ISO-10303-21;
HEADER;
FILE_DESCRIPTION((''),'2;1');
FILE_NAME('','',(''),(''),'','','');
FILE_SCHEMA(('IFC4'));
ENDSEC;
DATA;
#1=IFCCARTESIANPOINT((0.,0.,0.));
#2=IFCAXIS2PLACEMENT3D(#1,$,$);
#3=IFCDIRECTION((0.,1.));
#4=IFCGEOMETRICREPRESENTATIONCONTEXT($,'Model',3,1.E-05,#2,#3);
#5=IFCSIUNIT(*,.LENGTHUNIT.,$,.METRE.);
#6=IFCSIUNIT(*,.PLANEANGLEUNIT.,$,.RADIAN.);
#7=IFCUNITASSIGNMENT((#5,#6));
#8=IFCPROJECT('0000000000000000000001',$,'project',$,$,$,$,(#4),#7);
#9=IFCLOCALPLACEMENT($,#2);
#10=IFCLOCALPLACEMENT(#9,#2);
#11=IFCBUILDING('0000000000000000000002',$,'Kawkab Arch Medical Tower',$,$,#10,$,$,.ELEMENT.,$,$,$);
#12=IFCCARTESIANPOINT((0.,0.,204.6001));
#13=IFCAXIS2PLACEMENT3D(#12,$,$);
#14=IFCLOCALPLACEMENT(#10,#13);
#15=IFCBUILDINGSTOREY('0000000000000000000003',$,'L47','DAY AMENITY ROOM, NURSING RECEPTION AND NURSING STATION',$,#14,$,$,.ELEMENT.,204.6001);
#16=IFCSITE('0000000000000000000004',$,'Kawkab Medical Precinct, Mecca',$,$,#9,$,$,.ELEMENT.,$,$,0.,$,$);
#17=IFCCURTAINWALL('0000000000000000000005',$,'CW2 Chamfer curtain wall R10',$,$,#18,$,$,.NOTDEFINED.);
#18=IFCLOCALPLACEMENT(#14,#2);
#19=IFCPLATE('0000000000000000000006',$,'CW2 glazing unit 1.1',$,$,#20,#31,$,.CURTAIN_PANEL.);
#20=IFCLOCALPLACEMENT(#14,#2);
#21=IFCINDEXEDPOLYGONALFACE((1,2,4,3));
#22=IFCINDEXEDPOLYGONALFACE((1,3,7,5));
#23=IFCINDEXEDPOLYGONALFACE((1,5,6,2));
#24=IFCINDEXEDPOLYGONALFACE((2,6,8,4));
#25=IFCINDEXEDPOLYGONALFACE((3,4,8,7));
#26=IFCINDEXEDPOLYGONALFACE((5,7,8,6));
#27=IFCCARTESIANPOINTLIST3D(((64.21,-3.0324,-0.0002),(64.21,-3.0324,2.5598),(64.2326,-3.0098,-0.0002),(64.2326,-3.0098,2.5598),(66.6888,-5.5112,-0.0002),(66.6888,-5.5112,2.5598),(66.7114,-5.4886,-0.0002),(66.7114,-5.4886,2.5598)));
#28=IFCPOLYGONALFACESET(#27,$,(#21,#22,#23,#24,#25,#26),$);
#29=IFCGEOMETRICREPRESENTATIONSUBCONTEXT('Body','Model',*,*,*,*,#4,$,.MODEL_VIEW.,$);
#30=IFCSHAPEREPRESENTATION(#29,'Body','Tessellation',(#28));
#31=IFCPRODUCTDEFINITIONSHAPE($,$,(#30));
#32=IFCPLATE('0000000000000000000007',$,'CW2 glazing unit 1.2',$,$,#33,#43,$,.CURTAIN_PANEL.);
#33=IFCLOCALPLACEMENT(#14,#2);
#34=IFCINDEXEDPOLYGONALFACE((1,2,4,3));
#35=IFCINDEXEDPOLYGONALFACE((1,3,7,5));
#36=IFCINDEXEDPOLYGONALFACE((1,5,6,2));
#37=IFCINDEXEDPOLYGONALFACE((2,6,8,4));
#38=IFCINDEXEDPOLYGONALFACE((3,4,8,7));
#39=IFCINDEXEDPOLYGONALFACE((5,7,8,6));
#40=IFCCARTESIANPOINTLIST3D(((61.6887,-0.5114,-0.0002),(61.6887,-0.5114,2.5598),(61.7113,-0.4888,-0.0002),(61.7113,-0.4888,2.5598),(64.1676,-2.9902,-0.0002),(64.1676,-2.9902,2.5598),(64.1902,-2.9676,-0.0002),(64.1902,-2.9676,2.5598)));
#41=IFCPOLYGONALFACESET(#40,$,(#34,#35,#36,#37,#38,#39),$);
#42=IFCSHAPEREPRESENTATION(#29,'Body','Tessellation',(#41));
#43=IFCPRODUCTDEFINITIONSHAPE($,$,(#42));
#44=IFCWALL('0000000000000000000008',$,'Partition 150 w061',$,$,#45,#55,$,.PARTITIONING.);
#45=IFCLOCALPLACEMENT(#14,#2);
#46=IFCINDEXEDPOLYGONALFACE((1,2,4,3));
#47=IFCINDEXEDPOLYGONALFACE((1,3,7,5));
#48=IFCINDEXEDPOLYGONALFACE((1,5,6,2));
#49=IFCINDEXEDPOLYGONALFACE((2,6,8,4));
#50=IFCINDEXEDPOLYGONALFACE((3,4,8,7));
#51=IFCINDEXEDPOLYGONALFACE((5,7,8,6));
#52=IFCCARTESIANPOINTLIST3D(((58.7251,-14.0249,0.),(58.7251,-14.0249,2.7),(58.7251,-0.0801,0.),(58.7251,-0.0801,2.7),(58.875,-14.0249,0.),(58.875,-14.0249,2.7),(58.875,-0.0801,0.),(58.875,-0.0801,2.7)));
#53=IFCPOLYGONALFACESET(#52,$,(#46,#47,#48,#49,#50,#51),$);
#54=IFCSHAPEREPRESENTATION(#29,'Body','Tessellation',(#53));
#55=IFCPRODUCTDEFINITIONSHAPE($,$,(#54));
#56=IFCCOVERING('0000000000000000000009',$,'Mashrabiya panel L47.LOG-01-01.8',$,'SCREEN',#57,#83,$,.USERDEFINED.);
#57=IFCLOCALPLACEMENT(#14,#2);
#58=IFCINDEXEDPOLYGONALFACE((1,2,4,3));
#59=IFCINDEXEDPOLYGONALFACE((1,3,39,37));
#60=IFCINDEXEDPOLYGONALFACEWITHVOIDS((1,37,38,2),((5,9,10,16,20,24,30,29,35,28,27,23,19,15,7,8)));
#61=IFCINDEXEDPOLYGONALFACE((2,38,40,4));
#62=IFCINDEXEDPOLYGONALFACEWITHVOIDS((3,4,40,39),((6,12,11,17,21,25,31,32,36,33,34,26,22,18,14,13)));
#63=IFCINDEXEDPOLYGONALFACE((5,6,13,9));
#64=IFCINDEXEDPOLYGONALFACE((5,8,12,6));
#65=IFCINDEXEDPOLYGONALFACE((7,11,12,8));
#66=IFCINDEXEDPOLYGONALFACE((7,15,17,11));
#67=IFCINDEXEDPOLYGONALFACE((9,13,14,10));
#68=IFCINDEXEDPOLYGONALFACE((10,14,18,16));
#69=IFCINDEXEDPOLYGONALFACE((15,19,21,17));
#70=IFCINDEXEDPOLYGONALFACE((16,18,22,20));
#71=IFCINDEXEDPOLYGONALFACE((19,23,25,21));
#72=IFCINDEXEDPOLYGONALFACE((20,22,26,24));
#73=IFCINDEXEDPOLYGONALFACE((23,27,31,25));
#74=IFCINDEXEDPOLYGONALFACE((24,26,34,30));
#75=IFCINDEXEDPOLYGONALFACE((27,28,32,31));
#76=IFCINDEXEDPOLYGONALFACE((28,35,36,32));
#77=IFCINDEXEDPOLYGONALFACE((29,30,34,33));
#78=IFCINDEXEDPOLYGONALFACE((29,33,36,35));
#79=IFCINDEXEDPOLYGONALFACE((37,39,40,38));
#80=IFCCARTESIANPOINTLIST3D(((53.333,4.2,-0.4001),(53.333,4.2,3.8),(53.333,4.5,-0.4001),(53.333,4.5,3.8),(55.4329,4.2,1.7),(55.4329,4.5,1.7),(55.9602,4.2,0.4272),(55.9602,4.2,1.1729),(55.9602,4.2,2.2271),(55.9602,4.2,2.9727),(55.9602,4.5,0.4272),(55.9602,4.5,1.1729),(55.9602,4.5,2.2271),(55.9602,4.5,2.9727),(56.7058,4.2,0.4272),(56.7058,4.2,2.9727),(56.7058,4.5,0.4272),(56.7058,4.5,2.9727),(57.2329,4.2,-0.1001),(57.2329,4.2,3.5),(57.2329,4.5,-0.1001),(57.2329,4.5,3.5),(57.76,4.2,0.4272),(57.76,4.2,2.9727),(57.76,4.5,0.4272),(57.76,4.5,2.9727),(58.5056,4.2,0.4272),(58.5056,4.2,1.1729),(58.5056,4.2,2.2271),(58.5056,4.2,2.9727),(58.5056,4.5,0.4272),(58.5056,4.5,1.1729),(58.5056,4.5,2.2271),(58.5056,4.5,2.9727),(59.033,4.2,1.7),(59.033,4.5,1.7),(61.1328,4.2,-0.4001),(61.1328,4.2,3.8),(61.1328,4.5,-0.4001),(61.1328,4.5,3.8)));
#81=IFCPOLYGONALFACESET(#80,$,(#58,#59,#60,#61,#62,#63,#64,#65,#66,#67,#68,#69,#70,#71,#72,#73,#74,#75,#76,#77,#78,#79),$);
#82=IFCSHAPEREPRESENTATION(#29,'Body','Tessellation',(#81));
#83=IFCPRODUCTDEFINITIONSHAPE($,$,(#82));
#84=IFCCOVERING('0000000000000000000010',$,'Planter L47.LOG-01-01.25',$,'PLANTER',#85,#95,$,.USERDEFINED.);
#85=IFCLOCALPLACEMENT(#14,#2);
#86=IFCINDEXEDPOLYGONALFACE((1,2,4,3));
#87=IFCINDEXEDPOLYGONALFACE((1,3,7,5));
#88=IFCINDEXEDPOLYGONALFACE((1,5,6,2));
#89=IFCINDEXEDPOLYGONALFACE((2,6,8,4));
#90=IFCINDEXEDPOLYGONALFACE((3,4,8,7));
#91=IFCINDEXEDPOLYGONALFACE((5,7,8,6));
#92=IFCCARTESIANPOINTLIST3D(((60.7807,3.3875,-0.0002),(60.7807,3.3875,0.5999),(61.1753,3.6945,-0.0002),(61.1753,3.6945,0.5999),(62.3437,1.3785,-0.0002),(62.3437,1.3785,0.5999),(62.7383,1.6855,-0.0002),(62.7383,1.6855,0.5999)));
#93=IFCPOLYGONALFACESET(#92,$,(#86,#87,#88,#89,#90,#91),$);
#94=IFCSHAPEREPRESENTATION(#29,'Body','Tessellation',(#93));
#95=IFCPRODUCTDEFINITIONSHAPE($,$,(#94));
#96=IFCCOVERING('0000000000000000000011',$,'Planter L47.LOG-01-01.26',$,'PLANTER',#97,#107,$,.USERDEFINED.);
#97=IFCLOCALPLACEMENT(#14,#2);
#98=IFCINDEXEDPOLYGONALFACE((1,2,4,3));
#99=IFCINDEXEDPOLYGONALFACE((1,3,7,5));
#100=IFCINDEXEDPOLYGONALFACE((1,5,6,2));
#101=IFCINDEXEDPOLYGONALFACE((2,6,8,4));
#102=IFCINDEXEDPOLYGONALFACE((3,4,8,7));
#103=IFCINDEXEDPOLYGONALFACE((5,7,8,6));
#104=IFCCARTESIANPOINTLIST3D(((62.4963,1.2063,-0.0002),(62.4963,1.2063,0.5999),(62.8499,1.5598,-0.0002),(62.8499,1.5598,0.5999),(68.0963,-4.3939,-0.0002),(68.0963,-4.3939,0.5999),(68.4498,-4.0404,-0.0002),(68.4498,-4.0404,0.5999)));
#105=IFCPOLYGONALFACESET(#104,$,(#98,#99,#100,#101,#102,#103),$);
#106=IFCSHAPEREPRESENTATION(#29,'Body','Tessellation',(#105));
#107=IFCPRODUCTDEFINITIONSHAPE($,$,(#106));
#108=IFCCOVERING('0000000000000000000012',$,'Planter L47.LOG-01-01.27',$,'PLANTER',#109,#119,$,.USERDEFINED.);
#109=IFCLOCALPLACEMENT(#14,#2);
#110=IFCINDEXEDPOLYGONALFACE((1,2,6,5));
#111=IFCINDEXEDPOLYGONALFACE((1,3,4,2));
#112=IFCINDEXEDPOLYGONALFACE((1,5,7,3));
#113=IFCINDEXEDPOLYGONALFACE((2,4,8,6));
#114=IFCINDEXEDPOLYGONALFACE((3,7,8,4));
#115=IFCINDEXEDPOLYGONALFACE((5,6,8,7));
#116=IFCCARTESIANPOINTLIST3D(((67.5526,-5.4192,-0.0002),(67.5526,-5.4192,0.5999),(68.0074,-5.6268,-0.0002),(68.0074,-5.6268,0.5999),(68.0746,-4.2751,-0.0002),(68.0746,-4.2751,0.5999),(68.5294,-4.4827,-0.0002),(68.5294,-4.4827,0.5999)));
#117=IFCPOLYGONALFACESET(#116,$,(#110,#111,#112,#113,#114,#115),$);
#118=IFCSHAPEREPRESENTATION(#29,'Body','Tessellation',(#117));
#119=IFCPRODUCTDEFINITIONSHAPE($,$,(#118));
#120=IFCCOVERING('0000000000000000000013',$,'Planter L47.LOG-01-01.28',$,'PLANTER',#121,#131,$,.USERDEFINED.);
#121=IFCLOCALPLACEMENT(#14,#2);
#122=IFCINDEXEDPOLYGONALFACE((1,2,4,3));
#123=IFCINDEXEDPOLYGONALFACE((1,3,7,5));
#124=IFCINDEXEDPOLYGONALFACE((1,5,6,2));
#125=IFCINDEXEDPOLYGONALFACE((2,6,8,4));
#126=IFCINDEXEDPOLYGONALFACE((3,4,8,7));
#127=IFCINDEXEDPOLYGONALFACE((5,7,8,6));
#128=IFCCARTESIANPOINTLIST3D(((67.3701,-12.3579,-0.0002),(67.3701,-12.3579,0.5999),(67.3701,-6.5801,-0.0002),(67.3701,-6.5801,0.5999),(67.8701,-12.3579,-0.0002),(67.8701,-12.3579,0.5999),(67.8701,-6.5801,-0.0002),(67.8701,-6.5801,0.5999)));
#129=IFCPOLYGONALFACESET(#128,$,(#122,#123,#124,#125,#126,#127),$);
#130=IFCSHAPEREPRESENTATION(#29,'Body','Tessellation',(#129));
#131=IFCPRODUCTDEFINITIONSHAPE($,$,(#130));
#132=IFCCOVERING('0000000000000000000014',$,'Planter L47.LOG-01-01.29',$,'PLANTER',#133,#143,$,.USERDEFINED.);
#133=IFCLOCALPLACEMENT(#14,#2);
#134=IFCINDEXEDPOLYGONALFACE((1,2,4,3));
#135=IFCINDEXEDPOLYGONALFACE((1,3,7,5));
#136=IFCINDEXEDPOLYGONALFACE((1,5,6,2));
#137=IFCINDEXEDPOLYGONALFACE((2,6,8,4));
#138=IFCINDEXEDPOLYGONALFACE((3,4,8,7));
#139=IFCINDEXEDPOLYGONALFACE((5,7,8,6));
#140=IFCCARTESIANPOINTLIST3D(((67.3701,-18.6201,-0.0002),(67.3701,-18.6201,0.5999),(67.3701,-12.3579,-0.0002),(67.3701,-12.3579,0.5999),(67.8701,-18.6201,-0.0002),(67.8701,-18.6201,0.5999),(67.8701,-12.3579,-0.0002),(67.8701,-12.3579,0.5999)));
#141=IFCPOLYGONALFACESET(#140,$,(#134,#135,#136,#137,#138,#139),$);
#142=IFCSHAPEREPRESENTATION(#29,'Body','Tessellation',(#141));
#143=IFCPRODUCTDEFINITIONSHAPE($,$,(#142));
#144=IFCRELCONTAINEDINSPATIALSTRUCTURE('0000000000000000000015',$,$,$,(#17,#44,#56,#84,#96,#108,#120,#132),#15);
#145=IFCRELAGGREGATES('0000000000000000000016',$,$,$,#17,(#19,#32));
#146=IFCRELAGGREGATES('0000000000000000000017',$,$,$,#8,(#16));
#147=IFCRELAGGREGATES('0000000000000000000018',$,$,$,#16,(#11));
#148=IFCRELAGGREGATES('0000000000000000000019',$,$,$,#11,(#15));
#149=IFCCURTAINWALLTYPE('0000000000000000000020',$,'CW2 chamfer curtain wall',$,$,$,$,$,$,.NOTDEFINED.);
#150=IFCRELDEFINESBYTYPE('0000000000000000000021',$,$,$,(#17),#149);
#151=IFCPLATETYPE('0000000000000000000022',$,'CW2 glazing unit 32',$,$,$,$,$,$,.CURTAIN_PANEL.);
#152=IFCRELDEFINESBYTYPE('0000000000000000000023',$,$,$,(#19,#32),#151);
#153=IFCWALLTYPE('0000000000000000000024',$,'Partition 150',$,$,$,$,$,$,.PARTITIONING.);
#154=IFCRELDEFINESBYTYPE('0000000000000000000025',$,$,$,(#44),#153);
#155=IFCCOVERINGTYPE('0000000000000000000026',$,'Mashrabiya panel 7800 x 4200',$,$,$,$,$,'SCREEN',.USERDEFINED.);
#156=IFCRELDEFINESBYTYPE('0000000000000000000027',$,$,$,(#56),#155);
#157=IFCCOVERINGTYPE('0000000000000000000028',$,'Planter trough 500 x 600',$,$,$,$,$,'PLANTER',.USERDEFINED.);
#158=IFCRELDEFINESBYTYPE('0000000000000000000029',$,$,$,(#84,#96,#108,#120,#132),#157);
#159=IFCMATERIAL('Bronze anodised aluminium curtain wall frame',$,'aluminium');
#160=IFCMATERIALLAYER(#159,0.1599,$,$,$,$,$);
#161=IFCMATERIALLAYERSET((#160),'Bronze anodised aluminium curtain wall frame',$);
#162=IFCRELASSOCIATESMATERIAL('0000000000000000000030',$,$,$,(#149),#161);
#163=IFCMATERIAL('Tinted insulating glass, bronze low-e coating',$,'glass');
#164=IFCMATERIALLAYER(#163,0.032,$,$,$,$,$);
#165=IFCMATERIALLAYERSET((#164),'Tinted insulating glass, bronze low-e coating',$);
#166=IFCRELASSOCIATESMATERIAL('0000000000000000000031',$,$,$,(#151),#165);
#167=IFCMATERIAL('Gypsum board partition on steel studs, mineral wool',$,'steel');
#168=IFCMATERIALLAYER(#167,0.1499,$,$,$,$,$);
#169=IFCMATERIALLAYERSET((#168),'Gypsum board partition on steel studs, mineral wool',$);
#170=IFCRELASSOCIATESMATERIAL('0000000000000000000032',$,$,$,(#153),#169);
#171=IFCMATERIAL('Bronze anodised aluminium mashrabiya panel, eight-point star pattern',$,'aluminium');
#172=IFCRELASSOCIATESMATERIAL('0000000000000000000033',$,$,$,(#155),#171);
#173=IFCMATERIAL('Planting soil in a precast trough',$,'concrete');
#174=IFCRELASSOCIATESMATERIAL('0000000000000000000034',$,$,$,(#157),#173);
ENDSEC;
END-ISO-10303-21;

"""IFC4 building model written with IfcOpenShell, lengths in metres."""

from ifc_helpers import new_model, si_unit, direction, frame, frame_2d, origin, origin_2d, place, context, subcontext, project, spatial, polyline, rectangle, outline, extrude, material, layer, layer_set, material_profile, profile_set, type_object, element, aggregate, save


model = new_model("IFC4")

# Units and contexts
model_context = context("Model", 3, precision=1e-05, world=origin(), true_north=direction((0.0, 1.0)))
body_context = subcontext(model_context, "Body", "Model", "MODEL_VIEW")
ifc_project = project(units=[si_unit("LENGTHUNIT", "METRE"), si_unit("PLANEANGLEUNIT", "RADIAN")], contexts=[model_context])

# Site, building, storey
site_placement = place(None, origin())
site = spatial("IfcSite", under=ifc_project, at=site_placement, Name="Kawkab Medical Precinct, Mecca", CompositionType="ELEMENT", RefElevation=0.0)
building_placement = place(site_placement, origin())
building = spatial("IfcBuilding", under=site, at=building_placement, Name="Kawkab Arch Medical Tower", CompositionType="ELEMENT")
storey_placement = place(building_placement, frame((0.0, 0.0, 204.6001)))
storey = spatial("IfcBuildingStorey", under=building, at=storey_placement, Name="L47", Description="DAY AMENITY ROOM, NURSING RECEPTION AND NURSING STATION", CompositionType="ELEMENT", Elevation=204.6001)

# Shared definitions
placement = place(storey_placement, origin())

# Curtain wall
ifc_material_1 = material(Name="Bronze anodised aluminium curtain wall frame", Category="aluminium")
ifc_layer_1 = layer(ifc_material_1, 0.1599)
ifc_layer_set_1 = layer_set([ifc_layer_1], Name="Bronze anodised aluminium curtain wall frame")
curtain_wall_type_1 = type_object("IfcCurtainWallType", Name="CW2 chamfer curtain wall", PredefinedType="NOTDEFINED", material=ifc_layer_set_1)
curtain_wall_1 = element("IfcCurtainWall", 1, at=placement, inside=storey, type_object=curtain_wall_type_1, Name="CW2 Chamfer curtain wall R10", PredefinedType="NOTDEFINED")

# Plates
ifc_material_2 = material(Name="Tinted insulating glass, bronze low-e coating", Category="glass")
ifc_layer_2 = layer(ifc_material_2, 0.032)
ifc_layer_set_2 = layer_set([ifc_layer_2], Name="Tinted insulating glass, bronze low-e coating")
plate_type_1 = type_object("IfcPlateType", Name="CW2 glazing unit 32", PredefinedType="CURTAIN_PANEL", material=ifc_layer_set_2)
plate_1_placement = place(storey_placement, frame((65.4607, -4.2605, -0.0002), z_axis=(0.0, 0.0, 1.0), x_axis=(-0.707107, 0.707107, 0.0)))
plate_1 = element("IfcPlate", 2, at=plate_1_placement, type_object=plate_type_1, Name="CW2 glazing unit 1.1", PredefinedType="CURTAIN_PANEL", context=body_context, shape_type="SweptSolid", body=[
    extrude(rectangle(XDim=3.5056, YDim=0.032, at=origin_2d()), origin(), (0.0, 0.0, 1.0), 2.5601),
])
plate_2_placement = place(storey_placement, frame((62.9395, -1.7395, -0.0002), z_axis=(0.0, 0.0, 1.0), x_axis=(-0.707107, 0.707107, 0.0)))
plate_2 = element("IfcPlate", 3, at=plate_2_placement, type_object=plate_type_1, Name="CW2 glazing unit 1.2", PredefinedType="CURTAIN_PANEL", context=body_context, shape_type="SweptSolid", body=[
    extrude(rectangle(XDim=3.5056, YDim=0.032, at=origin_2d()), origin(), (0.0, 0.0, 1.0), 2.5601),
])
aggregate(curtain_wall_1, [plate_1, plate_2])

# Wall
ifc_material_3 = material(Name="Gypsum board partition on steel studs, mineral wool", Category="steel")
ifc_layer_3 = layer(ifc_material_3, 0.1499)
ifc_layer_set_3 = layer_set([ifc_layer_3], Name="Gypsum board partition on steel studs, mineral wool")
wall_type = type_object("IfcWallType", Name="Partition 150", PredefinedType="PARTITIONING", material=ifc_layer_set_3)
wall_placement = place(storey_placement, frame((58.8, -14.0249, 0.0), z_axis=(0.0, 0.0, 1.0), x_axis=(0.0, 1.0, 0.0)))
element("IfcWall", 4, at=wall_placement, inside=storey, type_object=wall_type, Name="Partition 150 w061", PredefinedType="PARTITIONING", context=body_context, shape_type="SweptSolid", body=[
    extrude(rectangle(XDim=13.9448, YDim=0.1499, at=frame_2d((6.9724, 0.0))), origin(), (0.0, 0.0, 1.0), 2.7),
])

# Coverings
ifc_material_4 = material(Name="Bronze anodised aluminium mashrabiya panel, eight-point star pattern", Category="aluminium")
ifc_material_profile_1 = material_profile(ifc_material_4, outline(polyline([(-3.8999, -2.1001), (3.8999, -2.1001), (3.8999, 2.1001), (-3.8999, 2.1001), (-3.8999, -2.1001)]), holes=[polyline([(1.8, 0.0), (1.2727, 0.5271), (1.2727, 1.2727), (0.5271, 1.2727), (0.0, 1.8), (-0.5271, 1.2727), (-1.2727, 1.2727), (-1.2727, 0.5271), (-1.8, 0.0), (-1.2727, -0.5271), (-1.2727, -1.2727), (-0.5271, -1.2727), (0.0, -1.8), (0.5271, -1.2727), (1.2727, -1.2727), (1.2727, -0.5271), (1.8, 0.0)])]), Name="Mashrabiya panel 7800x4200")
ifc_profile_set_1 = profile_set([ifc_material_profile_1], Name="Bronze anodised aluminium mashrabiya panel, eight-point star pattern")
covering_type_1 = type_object("IfcCoveringType", Name="Mashrabiya panel 7800 x 4200", ElementType="SCREEN", PredefinedType="USERDEFINED", material=ifc_profile_set_1)
covering_1_placement = place(storey_placement, frame((57.2329, 4.2, 1.7), z_axis=(0.0, 1.0, 0.0), x_axis=(-1.0, 0.0, 0.0)))
element("IfcCovering", 5, at=covering_1_placement, inside=storey, type_object=covering_type_1, Name="Mashrabiya panel L47.LOG-01-01.8", ObjectType="SCREEN", PredefinedType="USERDEFINED", context=body_context, shape_type="SweptSolid", body=[
    extrude(outline(polyline([(-3.8999, -2.1001), (3.8999, -2.1001), (3.8999, 2.1001), (-3.8999, 2.1001), (-3.8999, -2.1001)]), holes=[polyline([(1.8, 0.0), (1.2727, 0.5271), (1.2727, 1.2727), (0.5271, 1.2727), (0.0, 1.8), (-0.5271, 1.2727), (-1.2727, 1.2727), (-1.2727, 0.5271), (-1.8, 0.0), (-1.2727, -0.5271), (-1.2727, -1.2727), (-0.5271, -1.2727), (0.0, -1.8), (0.5271, -1.2727), (1.2727, -1.2727), (1.2727, -0.5271), (1.8, 0.0)])]), origin(), (0.0, 0.0, 1.0), 0.3),
])
ifc_material_5 = material(Name="Planting soil in a precast trough", Category="concrete")
ifc_material_profile_2 = material_profile(ifc_material_5, rectangle(XDim=0.5, YDim=0.6001, at=origin_2d()), Name="Trough 500x600")
ifc_profile_set_2 = profile_set([ifc_material_profile_2], Name="Planting soil in a precast trough")
covering_type_2 = type_object("IfcCoveringType", Name="Planter trough 500 x 600", ElementType="PLANTER", PredefinedType="USERDEFINED", material=ifc_profile_set_2)
covering_2_placement = place(storey_placement, frame((60.978, 3.541, 0.2998), z_axis=(0.61404, -0.789275, 0.0), x_axis=(0.789275, 0.61404, 0.0)))
element("IfcCovering", 6, at=covering_2_placement, inside=storey, type_object=covering_type_2, Name="Planter L47.LOG-01-01.25", ObjectType="PLANTER", PredefinedType="USERDEFINED", context=body_context, shape_type="SweptSolid", body=[
    extrude(rectangle(XDim=0.5, YDim=0.6001, at=origin_2d()), origin(), (0.0, 0.0, 1.0), 2.5454),
])
covering_3_placement = place(storey_placement, frame((62.6731, 1.3831, 0.2998), z_axis=(0.707091, -0.707122, 0.0), x_axis=(0.707122, 0.707091, 0.0)))
element("IfcCovering", 7, at=covering_3_placement, inside=storey, type_object=covering_type_2, Name="Planter L47.LOG-01-01.26", ObjectType="PLANTER", PredefinedType="USERDEFINED", context=body_context, shape_type="SweptSolid", body=[
    extrude(rectangle(XDim=0.5, YDim=0.6001, at=origin_2d()), origin(), (0.0, 0.0, 1.0), 7.9197),
])
covering_4_placement = place(storey_placement, frame((68.302, -4.3789, 0.2998), z_axis=(-0.41509, -0.90978, 0.0), x_axis=(0.90978, -0.41509, 0.0)))
element("IfcCovering", 8, at=covering_4_placement, inside=storey, type_object=covering_type_2, Name="Planter L47.LOG-01-01.27", ObjectType="PLANTER", PredefinedType="USERDEFINED", context=body_context, shape_type="SweptSolid", body=[
    extrude(rectangle(XDim=0.5, YDim=0.6001, at=origin_2d()), origin(), (0.0, 0.0, 1.0), 1.2576),
])
covering_5_placement = place(storey_placement, frame((67.6201, -6.5801, 0.2998), z_axis=(0.0, -1.0, 0.0), x_axis=(1.0, 0.0, 0.0)))
element("IfcCovering", 9, at=covering_5_placement, inside=storey, type_object=covering_type_2, Name="Planter L47.LOG-01-01.28", ObjectType="PLANTER", PredefinedType="USERDEFINED", context=body_context, shape_type="SweptSolid", body=[
    extrude(rectangle(XDim=0.5, YDim=0.6001, at=origin_2d()), origin(), (0.0, 0.0, 1.0), 5.7778),
])
covering_6_placement = place(storey_placement, frame((67.6201, -12.3579, 0.2998), z_axis=(0.0, -1.0, 0.0), x_axis=(1.0, 0.0, 0.0)))
element("IfcCovering", 10, at=covering_6_placement, inside=storey, type_object=covering_type_2, Name="Planter L47.LOG-01-01.29", ObjectType="PLANTER", PredefinedType="USERDEFINED", context=body_context, shape_type="SweptSolid", body=[
    extrude(rectangle(XDim=0.5, YDim=0.6001, at=origin_2d()), origin(), (0.0, 0.0, 1.0), 6.2622),
])

save(model, "model.ifc")
